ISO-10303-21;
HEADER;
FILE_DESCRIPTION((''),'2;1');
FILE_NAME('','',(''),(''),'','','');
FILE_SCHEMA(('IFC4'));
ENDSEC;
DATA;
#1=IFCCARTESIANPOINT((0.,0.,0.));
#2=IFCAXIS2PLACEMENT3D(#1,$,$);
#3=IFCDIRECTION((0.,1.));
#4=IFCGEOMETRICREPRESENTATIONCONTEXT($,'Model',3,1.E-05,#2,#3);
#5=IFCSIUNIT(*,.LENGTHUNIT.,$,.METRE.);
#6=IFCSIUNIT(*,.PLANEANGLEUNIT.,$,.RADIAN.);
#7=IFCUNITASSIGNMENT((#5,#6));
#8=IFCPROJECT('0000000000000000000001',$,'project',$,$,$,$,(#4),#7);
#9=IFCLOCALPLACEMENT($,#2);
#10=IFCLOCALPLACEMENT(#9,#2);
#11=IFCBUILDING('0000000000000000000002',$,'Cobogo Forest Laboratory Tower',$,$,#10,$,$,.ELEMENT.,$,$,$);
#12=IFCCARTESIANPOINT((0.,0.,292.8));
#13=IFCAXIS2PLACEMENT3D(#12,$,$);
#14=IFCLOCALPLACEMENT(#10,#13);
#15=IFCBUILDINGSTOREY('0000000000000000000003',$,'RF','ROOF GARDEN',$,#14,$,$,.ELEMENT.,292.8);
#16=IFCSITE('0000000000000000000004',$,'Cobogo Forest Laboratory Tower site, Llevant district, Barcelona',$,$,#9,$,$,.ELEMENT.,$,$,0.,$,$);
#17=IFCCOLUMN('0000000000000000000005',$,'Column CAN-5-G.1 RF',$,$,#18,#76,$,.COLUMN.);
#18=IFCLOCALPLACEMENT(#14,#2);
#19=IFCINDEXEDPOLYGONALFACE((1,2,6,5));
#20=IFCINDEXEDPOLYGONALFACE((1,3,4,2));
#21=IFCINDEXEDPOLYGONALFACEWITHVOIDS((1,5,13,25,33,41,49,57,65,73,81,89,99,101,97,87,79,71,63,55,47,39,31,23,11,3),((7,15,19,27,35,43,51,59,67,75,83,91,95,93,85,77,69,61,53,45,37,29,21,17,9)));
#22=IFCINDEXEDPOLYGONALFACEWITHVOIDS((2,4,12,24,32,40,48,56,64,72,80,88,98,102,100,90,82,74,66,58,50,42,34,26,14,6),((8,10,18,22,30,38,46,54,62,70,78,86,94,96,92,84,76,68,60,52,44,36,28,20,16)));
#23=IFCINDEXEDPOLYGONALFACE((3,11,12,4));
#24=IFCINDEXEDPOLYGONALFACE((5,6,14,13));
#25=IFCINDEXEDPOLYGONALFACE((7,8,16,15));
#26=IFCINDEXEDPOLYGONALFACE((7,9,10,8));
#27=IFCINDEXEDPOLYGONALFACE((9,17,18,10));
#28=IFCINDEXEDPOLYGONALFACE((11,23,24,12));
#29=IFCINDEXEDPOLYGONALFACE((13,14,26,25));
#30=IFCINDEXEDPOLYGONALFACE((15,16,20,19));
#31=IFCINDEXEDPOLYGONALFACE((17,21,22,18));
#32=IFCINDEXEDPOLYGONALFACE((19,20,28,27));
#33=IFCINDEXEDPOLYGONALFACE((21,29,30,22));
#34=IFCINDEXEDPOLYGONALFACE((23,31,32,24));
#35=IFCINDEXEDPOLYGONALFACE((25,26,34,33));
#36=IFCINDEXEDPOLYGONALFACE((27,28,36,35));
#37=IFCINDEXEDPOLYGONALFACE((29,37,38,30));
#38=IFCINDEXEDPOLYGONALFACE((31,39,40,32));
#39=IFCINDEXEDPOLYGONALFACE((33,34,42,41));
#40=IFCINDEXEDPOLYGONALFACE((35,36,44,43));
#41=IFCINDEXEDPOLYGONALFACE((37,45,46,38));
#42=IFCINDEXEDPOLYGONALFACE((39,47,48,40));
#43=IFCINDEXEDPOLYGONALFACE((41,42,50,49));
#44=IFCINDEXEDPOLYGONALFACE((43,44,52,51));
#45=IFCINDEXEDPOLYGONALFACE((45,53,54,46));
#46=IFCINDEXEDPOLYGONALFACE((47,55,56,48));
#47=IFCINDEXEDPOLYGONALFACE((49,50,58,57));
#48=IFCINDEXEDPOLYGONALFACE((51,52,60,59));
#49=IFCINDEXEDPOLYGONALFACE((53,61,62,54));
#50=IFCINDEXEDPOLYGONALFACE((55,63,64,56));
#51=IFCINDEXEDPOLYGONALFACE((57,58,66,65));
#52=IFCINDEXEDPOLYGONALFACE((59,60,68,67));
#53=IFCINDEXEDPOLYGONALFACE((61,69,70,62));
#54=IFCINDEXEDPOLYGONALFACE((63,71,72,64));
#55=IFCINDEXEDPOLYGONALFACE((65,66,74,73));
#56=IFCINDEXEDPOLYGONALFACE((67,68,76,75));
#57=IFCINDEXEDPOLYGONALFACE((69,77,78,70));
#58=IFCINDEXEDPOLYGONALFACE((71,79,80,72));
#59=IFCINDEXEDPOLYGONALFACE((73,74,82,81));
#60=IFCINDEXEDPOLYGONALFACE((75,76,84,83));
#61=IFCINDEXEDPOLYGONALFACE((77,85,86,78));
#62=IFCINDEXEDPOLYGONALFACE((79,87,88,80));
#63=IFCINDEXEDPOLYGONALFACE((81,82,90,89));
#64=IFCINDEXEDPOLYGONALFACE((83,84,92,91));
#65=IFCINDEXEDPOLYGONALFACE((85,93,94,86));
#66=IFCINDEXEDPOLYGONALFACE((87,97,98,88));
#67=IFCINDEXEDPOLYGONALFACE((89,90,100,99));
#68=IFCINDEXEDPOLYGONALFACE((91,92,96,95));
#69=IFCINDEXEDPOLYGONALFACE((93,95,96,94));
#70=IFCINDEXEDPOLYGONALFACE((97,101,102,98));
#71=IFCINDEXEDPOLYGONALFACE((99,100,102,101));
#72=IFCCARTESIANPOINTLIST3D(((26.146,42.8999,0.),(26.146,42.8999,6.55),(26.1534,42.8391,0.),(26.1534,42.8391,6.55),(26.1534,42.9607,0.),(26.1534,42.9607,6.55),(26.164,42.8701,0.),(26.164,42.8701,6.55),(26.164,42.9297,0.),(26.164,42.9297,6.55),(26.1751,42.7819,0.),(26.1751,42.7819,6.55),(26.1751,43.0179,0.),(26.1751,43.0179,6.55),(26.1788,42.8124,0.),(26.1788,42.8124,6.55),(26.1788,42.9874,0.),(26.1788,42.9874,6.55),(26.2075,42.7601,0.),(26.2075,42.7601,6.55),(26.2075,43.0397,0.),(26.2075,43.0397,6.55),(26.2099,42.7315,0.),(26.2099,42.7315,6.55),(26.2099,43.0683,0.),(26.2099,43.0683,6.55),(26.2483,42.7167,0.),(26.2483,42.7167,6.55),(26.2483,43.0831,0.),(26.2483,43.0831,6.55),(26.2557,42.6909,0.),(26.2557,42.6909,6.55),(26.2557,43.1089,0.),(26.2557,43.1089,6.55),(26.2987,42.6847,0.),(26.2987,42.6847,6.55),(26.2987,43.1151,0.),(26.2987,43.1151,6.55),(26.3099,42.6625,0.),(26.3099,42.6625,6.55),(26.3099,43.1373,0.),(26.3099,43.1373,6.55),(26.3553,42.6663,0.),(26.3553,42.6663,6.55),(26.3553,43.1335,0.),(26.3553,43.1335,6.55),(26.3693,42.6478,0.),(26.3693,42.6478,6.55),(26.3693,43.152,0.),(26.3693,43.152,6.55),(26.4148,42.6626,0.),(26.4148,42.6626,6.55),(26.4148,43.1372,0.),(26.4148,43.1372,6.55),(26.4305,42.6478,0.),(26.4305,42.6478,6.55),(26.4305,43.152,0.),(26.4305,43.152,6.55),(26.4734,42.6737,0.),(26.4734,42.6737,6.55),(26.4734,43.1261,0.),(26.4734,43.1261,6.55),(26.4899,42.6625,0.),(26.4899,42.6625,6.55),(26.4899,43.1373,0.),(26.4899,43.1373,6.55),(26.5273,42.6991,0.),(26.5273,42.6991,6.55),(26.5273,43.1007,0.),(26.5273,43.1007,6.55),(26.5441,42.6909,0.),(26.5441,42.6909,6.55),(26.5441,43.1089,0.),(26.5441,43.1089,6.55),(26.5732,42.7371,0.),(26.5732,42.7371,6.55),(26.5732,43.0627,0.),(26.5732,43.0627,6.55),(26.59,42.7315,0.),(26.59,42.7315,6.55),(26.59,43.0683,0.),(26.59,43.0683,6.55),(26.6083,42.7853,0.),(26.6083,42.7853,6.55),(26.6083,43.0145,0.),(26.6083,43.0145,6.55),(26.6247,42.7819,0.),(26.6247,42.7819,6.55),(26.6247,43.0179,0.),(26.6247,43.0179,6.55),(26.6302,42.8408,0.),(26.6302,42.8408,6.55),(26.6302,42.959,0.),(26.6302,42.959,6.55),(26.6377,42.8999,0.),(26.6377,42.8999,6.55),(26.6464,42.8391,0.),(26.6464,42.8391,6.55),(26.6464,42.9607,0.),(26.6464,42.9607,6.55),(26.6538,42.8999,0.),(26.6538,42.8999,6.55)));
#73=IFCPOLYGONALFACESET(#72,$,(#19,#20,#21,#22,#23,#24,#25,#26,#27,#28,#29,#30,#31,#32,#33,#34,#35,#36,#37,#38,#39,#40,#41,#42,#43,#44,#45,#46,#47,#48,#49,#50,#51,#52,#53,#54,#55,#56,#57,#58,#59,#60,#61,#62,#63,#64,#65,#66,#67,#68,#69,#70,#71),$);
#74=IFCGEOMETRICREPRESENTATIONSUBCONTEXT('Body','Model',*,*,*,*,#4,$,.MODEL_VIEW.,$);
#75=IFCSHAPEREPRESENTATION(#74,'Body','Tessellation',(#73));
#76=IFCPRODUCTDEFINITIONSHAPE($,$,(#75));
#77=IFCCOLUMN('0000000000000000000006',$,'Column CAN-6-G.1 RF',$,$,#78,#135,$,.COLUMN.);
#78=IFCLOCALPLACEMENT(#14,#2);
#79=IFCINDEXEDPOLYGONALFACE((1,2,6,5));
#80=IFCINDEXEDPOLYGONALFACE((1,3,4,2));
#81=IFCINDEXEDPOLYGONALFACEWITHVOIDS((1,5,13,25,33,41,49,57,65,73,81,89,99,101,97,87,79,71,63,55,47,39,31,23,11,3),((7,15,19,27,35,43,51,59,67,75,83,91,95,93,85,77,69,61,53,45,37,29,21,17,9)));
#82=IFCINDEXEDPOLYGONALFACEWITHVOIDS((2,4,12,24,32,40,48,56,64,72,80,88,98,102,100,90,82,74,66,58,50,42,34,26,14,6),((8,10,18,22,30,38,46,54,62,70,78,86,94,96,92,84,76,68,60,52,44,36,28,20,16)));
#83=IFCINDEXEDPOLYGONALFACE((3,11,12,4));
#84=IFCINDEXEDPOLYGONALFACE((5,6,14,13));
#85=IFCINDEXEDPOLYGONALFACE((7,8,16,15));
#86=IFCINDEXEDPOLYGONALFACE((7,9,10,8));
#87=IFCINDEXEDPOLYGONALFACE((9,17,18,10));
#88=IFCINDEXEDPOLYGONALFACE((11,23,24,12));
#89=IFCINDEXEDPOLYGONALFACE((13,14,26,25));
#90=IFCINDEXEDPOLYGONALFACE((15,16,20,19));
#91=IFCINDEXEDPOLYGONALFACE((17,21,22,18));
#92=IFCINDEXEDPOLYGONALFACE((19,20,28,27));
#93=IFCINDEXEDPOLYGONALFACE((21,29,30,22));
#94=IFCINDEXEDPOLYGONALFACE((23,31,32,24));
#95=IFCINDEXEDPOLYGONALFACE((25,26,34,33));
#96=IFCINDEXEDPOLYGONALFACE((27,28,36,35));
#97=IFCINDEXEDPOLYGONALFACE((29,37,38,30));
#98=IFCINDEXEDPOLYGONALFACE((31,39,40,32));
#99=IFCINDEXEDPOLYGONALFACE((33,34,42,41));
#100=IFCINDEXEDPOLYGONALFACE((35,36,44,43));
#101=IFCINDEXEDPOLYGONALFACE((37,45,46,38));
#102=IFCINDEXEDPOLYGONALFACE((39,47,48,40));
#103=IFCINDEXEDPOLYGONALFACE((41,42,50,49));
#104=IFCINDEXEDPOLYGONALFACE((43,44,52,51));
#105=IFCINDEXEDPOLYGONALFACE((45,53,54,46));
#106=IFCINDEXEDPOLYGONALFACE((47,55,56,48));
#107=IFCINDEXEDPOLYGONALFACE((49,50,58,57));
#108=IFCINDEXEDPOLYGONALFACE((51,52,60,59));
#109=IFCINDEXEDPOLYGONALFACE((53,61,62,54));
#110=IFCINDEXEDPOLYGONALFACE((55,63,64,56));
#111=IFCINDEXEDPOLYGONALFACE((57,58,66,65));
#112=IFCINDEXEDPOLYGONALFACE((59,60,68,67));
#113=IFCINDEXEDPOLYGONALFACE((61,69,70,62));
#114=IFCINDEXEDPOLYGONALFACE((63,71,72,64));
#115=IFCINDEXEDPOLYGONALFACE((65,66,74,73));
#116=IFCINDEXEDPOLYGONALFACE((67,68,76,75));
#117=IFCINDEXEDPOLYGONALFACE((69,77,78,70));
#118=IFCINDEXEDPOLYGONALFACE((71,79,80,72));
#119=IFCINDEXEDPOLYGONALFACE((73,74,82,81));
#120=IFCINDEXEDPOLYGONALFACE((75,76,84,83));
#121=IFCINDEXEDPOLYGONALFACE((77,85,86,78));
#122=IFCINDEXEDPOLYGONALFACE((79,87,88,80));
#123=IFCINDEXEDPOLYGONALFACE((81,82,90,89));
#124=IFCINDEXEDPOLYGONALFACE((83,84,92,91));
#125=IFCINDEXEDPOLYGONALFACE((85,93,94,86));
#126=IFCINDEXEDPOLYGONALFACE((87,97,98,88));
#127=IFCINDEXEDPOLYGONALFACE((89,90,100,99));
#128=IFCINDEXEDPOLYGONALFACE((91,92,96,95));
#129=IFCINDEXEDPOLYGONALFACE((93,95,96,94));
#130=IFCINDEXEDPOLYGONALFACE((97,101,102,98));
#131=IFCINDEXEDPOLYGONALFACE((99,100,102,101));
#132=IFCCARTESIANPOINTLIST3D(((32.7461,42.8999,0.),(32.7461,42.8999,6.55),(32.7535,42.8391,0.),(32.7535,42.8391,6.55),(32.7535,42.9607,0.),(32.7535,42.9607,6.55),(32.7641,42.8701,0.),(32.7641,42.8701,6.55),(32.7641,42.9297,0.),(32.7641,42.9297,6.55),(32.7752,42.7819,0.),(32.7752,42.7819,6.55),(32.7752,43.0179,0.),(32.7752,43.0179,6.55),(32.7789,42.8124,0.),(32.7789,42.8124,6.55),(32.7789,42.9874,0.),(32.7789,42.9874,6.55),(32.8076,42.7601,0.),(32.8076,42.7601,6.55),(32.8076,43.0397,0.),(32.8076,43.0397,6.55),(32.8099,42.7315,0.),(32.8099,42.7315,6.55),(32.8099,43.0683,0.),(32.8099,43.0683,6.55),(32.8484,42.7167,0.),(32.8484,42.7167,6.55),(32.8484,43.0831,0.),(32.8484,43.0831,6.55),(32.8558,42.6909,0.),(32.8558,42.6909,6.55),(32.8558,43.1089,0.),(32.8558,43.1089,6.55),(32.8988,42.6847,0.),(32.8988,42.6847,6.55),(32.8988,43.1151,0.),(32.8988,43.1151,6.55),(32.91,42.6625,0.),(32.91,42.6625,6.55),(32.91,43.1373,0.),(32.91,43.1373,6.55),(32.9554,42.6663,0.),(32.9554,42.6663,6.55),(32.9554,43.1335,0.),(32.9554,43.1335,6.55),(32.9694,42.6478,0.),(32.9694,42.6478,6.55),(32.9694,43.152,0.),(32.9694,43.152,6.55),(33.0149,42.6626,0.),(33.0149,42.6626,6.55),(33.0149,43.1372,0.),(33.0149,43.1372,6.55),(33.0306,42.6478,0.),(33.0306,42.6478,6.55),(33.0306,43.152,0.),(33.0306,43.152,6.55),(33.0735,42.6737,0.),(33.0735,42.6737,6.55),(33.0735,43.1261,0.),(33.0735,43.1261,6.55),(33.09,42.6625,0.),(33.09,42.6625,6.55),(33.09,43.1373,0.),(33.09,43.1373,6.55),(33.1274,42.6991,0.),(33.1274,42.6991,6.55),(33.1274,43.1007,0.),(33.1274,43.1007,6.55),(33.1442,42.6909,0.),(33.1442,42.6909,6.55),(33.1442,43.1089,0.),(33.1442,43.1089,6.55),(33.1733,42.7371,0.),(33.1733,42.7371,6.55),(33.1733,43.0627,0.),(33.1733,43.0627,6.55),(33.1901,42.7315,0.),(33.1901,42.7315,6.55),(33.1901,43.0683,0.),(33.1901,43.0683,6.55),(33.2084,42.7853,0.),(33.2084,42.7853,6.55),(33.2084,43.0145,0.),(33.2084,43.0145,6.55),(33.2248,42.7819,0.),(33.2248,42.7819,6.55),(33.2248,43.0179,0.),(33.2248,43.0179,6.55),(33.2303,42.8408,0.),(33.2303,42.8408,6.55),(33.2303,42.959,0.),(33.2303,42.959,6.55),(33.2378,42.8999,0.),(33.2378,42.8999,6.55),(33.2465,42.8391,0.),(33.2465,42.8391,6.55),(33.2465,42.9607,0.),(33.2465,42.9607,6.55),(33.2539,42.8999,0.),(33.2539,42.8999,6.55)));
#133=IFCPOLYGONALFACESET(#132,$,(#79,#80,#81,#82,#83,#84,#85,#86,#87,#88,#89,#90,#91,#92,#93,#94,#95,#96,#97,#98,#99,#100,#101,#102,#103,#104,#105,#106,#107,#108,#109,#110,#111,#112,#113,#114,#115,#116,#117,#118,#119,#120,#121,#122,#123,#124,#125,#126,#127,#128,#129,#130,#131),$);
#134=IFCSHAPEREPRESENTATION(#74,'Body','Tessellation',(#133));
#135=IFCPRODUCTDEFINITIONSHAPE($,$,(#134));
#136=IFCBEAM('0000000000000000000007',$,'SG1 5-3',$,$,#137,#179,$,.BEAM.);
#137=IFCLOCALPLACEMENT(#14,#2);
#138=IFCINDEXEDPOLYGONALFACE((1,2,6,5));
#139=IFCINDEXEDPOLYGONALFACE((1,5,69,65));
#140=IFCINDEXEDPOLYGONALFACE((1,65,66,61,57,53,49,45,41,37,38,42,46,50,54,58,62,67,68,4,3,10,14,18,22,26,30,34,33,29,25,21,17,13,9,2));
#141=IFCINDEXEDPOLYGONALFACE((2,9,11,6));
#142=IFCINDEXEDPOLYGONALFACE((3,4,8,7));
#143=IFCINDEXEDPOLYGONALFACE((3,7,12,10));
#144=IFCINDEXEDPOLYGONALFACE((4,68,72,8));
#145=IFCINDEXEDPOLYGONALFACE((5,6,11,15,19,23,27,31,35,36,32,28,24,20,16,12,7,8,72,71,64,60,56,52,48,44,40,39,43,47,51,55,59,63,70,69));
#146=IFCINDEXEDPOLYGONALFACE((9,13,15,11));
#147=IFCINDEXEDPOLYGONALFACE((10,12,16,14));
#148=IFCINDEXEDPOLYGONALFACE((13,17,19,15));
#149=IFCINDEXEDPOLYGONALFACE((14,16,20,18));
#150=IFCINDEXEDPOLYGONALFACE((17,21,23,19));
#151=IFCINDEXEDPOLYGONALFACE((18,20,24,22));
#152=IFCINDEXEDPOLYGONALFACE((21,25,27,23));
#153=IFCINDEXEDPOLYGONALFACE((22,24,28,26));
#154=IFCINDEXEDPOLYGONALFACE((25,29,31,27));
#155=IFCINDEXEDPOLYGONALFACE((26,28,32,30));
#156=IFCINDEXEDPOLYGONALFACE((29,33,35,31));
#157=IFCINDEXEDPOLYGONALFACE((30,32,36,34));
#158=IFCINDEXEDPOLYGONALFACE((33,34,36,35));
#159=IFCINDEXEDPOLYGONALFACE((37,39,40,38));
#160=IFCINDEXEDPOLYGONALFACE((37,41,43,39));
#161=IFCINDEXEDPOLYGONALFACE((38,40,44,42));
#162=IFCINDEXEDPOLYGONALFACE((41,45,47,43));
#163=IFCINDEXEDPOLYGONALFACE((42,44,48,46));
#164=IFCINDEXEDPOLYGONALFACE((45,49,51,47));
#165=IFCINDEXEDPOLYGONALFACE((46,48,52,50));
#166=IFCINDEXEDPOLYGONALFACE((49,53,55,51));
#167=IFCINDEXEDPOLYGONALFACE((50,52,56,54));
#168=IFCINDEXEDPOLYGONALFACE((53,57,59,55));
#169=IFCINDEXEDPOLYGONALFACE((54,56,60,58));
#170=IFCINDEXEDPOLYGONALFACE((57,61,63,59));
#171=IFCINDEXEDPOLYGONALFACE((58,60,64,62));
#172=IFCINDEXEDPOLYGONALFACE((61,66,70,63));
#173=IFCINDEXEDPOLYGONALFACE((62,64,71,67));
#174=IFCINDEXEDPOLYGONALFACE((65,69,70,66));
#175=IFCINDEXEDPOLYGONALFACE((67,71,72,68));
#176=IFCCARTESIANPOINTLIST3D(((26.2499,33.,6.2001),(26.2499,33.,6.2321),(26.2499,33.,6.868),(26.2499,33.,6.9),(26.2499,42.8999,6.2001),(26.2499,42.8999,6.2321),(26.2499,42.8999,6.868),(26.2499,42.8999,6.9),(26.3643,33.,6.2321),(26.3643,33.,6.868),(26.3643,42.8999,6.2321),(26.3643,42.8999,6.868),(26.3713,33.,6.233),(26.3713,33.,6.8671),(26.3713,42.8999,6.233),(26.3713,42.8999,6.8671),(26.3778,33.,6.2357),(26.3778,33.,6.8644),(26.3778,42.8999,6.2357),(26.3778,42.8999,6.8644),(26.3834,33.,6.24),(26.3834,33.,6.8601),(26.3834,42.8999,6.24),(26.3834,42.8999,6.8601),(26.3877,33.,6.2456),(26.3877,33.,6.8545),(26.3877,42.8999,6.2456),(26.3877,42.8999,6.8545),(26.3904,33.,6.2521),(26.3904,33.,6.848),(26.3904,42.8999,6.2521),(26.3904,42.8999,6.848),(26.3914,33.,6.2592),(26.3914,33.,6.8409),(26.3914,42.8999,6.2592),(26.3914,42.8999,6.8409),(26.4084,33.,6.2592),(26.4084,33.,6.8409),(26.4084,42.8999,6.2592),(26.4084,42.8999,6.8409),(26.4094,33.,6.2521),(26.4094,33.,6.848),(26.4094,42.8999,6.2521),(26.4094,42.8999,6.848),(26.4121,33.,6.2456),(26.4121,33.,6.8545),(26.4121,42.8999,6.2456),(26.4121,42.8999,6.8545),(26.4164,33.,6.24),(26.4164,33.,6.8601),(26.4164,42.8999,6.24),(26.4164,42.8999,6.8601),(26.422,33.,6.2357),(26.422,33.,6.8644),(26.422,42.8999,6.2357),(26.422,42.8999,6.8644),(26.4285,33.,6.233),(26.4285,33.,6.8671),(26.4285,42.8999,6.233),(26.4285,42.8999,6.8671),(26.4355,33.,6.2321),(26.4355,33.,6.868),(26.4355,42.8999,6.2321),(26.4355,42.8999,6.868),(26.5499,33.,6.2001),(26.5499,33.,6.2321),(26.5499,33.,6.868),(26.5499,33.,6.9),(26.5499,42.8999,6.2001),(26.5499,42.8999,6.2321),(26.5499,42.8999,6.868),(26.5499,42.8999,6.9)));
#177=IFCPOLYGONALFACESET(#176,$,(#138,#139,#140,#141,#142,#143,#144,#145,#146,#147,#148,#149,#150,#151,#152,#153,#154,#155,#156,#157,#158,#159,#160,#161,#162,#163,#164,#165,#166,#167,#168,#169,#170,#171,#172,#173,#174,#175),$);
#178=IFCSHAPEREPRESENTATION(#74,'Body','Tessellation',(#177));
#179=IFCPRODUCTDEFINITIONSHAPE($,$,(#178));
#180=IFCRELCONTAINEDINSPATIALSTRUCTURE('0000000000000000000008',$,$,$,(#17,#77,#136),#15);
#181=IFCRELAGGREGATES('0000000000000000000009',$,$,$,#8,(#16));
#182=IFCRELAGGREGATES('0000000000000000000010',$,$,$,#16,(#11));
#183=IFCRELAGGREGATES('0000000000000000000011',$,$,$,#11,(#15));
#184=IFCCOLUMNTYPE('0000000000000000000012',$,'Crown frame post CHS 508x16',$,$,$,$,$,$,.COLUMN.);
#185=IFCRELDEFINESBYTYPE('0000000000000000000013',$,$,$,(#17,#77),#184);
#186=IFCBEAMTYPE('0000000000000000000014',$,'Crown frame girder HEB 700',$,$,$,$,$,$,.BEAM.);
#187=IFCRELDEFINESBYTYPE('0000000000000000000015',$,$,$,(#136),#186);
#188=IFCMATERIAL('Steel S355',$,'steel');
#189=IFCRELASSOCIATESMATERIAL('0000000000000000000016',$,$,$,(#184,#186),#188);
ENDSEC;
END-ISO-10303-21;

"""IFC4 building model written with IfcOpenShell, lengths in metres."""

from ifc_helpers import new_model, si_unit, direction, frame, origin, origin_2d, place, context, subcontext, project, spatial, hollow_circle, i_section, extrude, material, material_profile, profile_set, type_object, element, save


model = new_model("IFC4")

# Units and contexts
model_context = context("Model", 3, precision=1e-05, world=origin(), true_north=direction((0.0, 1.0)))
body_context = subcontext(model_context, "Body", "Model", "MODEL_VIEW")
ifc_project = project(units=[si_unit("LENGTHUNIT", "METRE"), si_unit("PLANEANGLEUNIT", "RADIAN")], contexts=[model_context])

# Site, building, storey
site_placement = place(None, origin())
site = spatial("IfcSite", under=ifc_project, at=site_placement, Name="Cobogo Forest Laboratory Tower site, Llevant district, Barcelona", CompositionType="ELEMENT", RefElevation=0.0)
building_placement = place(site_placement, origin())
building = spatial("IfcBuilding", under=site, at=building_placement, Name="Cobogo Forest Laboratory Tower", CompositionType="ELEMENT")
storey_placement = place(building_placement, frame((0.0, 0.0, 292.8)))
storey = spatial("IfcBuildingStorey", under=building, at=storey_placement, Name="RF", Description="ROOF GARDEN", CompositionType="ELEMENT", Elevation=292.8)

# Columns
ifc_material_1 = material(Name="Steel S355", Category="steel")
ifc_material_profile_1 = material_profile(ifc_material_1, hollow_circle(Radius=0.2539, WallThickness=0.0161, at=origin_2d()), Name="CHS 508x16")
ifc_profile_set_1 = profile_set([ifc_material_profile_1], Name="Steel S355")
column_type = type_object("IfcColumnType", Name="Crown frame post CHS 508x16", PredefinedType="COLUMN", material=ifc_profile_set_1)
for number, where, z_axis, x_axis, name in (
    (1, (26.3999, 42.8999, 0.0), (0.0, 0.0, 1.0), (1.0, 0.0, 0.0), "Column CAN-5-G.1 RF"),
    (2, (33.0, 42.8999, 0.0), (0.0, 0.0, 1.0), (1.0, 0.0, 0.0), "Column CAN-6-G.1 RF"),
):
    element("IfcColumn", number, at=place(storey_placement, frame(where, z_axis=z_axis, x_axis=x_axis)), inside=storey, type_object=column_type, Name=name, PredefinedType="COLUMN", context=body_context, shape_type="SweptSolid", body=[
        extrude(hollow_circle(Radius=0.2539, WallThickness=0.0161, at=origin_2d()), origin(), (0.0, 0.0, 1.0), 6.55),
    ])

# Beam
ifc_material_profile_2 = material_profile(ifc_material_1, i_section(OverallWidth=0.3, OverallDepth=0.7, WebThickness=0.0171, FlangeThickness=0.032, FilletRadius=0.0271, at=origin_2d()), Name="HEB 700")
ifc_profile_set_2 = profile_set([ifc_material_profile_2], Name="Steel S355")
beam_type_1 = type_object("IfcBeamType", Name="Crown frame girder HEB 700", PredefinedType="BEAM", material=ifc_profile_set_2)
for number, where, z_axis, x_axis, name in (
    (3, (26.3999, 33.0, 6.55), (0.0, 1.0, 0.0), (-1.0, 0.0, 0.0), "SG1 5-3"),
):
    element("IfcBeam", number, at=place(storey_placement, frame(where, z_axis=z_axis, x_axis=x_axis)), inside=storey, type_object=beam_type_1, Name=name, PredefinedType="BEAM", context=body_context, shape_type="SweptSolid", body=[
        extrude(i_section(OverallWidth=0.3, OverallDepth=0.7, WebThickness=0.0171, FlangeThickness=0.032, FilletRadius=0.0271, at=origin_2d()), origin(), (0.0, 0.0, 1.0), 9.8999),
    ])

save(model, "model.ifc")
